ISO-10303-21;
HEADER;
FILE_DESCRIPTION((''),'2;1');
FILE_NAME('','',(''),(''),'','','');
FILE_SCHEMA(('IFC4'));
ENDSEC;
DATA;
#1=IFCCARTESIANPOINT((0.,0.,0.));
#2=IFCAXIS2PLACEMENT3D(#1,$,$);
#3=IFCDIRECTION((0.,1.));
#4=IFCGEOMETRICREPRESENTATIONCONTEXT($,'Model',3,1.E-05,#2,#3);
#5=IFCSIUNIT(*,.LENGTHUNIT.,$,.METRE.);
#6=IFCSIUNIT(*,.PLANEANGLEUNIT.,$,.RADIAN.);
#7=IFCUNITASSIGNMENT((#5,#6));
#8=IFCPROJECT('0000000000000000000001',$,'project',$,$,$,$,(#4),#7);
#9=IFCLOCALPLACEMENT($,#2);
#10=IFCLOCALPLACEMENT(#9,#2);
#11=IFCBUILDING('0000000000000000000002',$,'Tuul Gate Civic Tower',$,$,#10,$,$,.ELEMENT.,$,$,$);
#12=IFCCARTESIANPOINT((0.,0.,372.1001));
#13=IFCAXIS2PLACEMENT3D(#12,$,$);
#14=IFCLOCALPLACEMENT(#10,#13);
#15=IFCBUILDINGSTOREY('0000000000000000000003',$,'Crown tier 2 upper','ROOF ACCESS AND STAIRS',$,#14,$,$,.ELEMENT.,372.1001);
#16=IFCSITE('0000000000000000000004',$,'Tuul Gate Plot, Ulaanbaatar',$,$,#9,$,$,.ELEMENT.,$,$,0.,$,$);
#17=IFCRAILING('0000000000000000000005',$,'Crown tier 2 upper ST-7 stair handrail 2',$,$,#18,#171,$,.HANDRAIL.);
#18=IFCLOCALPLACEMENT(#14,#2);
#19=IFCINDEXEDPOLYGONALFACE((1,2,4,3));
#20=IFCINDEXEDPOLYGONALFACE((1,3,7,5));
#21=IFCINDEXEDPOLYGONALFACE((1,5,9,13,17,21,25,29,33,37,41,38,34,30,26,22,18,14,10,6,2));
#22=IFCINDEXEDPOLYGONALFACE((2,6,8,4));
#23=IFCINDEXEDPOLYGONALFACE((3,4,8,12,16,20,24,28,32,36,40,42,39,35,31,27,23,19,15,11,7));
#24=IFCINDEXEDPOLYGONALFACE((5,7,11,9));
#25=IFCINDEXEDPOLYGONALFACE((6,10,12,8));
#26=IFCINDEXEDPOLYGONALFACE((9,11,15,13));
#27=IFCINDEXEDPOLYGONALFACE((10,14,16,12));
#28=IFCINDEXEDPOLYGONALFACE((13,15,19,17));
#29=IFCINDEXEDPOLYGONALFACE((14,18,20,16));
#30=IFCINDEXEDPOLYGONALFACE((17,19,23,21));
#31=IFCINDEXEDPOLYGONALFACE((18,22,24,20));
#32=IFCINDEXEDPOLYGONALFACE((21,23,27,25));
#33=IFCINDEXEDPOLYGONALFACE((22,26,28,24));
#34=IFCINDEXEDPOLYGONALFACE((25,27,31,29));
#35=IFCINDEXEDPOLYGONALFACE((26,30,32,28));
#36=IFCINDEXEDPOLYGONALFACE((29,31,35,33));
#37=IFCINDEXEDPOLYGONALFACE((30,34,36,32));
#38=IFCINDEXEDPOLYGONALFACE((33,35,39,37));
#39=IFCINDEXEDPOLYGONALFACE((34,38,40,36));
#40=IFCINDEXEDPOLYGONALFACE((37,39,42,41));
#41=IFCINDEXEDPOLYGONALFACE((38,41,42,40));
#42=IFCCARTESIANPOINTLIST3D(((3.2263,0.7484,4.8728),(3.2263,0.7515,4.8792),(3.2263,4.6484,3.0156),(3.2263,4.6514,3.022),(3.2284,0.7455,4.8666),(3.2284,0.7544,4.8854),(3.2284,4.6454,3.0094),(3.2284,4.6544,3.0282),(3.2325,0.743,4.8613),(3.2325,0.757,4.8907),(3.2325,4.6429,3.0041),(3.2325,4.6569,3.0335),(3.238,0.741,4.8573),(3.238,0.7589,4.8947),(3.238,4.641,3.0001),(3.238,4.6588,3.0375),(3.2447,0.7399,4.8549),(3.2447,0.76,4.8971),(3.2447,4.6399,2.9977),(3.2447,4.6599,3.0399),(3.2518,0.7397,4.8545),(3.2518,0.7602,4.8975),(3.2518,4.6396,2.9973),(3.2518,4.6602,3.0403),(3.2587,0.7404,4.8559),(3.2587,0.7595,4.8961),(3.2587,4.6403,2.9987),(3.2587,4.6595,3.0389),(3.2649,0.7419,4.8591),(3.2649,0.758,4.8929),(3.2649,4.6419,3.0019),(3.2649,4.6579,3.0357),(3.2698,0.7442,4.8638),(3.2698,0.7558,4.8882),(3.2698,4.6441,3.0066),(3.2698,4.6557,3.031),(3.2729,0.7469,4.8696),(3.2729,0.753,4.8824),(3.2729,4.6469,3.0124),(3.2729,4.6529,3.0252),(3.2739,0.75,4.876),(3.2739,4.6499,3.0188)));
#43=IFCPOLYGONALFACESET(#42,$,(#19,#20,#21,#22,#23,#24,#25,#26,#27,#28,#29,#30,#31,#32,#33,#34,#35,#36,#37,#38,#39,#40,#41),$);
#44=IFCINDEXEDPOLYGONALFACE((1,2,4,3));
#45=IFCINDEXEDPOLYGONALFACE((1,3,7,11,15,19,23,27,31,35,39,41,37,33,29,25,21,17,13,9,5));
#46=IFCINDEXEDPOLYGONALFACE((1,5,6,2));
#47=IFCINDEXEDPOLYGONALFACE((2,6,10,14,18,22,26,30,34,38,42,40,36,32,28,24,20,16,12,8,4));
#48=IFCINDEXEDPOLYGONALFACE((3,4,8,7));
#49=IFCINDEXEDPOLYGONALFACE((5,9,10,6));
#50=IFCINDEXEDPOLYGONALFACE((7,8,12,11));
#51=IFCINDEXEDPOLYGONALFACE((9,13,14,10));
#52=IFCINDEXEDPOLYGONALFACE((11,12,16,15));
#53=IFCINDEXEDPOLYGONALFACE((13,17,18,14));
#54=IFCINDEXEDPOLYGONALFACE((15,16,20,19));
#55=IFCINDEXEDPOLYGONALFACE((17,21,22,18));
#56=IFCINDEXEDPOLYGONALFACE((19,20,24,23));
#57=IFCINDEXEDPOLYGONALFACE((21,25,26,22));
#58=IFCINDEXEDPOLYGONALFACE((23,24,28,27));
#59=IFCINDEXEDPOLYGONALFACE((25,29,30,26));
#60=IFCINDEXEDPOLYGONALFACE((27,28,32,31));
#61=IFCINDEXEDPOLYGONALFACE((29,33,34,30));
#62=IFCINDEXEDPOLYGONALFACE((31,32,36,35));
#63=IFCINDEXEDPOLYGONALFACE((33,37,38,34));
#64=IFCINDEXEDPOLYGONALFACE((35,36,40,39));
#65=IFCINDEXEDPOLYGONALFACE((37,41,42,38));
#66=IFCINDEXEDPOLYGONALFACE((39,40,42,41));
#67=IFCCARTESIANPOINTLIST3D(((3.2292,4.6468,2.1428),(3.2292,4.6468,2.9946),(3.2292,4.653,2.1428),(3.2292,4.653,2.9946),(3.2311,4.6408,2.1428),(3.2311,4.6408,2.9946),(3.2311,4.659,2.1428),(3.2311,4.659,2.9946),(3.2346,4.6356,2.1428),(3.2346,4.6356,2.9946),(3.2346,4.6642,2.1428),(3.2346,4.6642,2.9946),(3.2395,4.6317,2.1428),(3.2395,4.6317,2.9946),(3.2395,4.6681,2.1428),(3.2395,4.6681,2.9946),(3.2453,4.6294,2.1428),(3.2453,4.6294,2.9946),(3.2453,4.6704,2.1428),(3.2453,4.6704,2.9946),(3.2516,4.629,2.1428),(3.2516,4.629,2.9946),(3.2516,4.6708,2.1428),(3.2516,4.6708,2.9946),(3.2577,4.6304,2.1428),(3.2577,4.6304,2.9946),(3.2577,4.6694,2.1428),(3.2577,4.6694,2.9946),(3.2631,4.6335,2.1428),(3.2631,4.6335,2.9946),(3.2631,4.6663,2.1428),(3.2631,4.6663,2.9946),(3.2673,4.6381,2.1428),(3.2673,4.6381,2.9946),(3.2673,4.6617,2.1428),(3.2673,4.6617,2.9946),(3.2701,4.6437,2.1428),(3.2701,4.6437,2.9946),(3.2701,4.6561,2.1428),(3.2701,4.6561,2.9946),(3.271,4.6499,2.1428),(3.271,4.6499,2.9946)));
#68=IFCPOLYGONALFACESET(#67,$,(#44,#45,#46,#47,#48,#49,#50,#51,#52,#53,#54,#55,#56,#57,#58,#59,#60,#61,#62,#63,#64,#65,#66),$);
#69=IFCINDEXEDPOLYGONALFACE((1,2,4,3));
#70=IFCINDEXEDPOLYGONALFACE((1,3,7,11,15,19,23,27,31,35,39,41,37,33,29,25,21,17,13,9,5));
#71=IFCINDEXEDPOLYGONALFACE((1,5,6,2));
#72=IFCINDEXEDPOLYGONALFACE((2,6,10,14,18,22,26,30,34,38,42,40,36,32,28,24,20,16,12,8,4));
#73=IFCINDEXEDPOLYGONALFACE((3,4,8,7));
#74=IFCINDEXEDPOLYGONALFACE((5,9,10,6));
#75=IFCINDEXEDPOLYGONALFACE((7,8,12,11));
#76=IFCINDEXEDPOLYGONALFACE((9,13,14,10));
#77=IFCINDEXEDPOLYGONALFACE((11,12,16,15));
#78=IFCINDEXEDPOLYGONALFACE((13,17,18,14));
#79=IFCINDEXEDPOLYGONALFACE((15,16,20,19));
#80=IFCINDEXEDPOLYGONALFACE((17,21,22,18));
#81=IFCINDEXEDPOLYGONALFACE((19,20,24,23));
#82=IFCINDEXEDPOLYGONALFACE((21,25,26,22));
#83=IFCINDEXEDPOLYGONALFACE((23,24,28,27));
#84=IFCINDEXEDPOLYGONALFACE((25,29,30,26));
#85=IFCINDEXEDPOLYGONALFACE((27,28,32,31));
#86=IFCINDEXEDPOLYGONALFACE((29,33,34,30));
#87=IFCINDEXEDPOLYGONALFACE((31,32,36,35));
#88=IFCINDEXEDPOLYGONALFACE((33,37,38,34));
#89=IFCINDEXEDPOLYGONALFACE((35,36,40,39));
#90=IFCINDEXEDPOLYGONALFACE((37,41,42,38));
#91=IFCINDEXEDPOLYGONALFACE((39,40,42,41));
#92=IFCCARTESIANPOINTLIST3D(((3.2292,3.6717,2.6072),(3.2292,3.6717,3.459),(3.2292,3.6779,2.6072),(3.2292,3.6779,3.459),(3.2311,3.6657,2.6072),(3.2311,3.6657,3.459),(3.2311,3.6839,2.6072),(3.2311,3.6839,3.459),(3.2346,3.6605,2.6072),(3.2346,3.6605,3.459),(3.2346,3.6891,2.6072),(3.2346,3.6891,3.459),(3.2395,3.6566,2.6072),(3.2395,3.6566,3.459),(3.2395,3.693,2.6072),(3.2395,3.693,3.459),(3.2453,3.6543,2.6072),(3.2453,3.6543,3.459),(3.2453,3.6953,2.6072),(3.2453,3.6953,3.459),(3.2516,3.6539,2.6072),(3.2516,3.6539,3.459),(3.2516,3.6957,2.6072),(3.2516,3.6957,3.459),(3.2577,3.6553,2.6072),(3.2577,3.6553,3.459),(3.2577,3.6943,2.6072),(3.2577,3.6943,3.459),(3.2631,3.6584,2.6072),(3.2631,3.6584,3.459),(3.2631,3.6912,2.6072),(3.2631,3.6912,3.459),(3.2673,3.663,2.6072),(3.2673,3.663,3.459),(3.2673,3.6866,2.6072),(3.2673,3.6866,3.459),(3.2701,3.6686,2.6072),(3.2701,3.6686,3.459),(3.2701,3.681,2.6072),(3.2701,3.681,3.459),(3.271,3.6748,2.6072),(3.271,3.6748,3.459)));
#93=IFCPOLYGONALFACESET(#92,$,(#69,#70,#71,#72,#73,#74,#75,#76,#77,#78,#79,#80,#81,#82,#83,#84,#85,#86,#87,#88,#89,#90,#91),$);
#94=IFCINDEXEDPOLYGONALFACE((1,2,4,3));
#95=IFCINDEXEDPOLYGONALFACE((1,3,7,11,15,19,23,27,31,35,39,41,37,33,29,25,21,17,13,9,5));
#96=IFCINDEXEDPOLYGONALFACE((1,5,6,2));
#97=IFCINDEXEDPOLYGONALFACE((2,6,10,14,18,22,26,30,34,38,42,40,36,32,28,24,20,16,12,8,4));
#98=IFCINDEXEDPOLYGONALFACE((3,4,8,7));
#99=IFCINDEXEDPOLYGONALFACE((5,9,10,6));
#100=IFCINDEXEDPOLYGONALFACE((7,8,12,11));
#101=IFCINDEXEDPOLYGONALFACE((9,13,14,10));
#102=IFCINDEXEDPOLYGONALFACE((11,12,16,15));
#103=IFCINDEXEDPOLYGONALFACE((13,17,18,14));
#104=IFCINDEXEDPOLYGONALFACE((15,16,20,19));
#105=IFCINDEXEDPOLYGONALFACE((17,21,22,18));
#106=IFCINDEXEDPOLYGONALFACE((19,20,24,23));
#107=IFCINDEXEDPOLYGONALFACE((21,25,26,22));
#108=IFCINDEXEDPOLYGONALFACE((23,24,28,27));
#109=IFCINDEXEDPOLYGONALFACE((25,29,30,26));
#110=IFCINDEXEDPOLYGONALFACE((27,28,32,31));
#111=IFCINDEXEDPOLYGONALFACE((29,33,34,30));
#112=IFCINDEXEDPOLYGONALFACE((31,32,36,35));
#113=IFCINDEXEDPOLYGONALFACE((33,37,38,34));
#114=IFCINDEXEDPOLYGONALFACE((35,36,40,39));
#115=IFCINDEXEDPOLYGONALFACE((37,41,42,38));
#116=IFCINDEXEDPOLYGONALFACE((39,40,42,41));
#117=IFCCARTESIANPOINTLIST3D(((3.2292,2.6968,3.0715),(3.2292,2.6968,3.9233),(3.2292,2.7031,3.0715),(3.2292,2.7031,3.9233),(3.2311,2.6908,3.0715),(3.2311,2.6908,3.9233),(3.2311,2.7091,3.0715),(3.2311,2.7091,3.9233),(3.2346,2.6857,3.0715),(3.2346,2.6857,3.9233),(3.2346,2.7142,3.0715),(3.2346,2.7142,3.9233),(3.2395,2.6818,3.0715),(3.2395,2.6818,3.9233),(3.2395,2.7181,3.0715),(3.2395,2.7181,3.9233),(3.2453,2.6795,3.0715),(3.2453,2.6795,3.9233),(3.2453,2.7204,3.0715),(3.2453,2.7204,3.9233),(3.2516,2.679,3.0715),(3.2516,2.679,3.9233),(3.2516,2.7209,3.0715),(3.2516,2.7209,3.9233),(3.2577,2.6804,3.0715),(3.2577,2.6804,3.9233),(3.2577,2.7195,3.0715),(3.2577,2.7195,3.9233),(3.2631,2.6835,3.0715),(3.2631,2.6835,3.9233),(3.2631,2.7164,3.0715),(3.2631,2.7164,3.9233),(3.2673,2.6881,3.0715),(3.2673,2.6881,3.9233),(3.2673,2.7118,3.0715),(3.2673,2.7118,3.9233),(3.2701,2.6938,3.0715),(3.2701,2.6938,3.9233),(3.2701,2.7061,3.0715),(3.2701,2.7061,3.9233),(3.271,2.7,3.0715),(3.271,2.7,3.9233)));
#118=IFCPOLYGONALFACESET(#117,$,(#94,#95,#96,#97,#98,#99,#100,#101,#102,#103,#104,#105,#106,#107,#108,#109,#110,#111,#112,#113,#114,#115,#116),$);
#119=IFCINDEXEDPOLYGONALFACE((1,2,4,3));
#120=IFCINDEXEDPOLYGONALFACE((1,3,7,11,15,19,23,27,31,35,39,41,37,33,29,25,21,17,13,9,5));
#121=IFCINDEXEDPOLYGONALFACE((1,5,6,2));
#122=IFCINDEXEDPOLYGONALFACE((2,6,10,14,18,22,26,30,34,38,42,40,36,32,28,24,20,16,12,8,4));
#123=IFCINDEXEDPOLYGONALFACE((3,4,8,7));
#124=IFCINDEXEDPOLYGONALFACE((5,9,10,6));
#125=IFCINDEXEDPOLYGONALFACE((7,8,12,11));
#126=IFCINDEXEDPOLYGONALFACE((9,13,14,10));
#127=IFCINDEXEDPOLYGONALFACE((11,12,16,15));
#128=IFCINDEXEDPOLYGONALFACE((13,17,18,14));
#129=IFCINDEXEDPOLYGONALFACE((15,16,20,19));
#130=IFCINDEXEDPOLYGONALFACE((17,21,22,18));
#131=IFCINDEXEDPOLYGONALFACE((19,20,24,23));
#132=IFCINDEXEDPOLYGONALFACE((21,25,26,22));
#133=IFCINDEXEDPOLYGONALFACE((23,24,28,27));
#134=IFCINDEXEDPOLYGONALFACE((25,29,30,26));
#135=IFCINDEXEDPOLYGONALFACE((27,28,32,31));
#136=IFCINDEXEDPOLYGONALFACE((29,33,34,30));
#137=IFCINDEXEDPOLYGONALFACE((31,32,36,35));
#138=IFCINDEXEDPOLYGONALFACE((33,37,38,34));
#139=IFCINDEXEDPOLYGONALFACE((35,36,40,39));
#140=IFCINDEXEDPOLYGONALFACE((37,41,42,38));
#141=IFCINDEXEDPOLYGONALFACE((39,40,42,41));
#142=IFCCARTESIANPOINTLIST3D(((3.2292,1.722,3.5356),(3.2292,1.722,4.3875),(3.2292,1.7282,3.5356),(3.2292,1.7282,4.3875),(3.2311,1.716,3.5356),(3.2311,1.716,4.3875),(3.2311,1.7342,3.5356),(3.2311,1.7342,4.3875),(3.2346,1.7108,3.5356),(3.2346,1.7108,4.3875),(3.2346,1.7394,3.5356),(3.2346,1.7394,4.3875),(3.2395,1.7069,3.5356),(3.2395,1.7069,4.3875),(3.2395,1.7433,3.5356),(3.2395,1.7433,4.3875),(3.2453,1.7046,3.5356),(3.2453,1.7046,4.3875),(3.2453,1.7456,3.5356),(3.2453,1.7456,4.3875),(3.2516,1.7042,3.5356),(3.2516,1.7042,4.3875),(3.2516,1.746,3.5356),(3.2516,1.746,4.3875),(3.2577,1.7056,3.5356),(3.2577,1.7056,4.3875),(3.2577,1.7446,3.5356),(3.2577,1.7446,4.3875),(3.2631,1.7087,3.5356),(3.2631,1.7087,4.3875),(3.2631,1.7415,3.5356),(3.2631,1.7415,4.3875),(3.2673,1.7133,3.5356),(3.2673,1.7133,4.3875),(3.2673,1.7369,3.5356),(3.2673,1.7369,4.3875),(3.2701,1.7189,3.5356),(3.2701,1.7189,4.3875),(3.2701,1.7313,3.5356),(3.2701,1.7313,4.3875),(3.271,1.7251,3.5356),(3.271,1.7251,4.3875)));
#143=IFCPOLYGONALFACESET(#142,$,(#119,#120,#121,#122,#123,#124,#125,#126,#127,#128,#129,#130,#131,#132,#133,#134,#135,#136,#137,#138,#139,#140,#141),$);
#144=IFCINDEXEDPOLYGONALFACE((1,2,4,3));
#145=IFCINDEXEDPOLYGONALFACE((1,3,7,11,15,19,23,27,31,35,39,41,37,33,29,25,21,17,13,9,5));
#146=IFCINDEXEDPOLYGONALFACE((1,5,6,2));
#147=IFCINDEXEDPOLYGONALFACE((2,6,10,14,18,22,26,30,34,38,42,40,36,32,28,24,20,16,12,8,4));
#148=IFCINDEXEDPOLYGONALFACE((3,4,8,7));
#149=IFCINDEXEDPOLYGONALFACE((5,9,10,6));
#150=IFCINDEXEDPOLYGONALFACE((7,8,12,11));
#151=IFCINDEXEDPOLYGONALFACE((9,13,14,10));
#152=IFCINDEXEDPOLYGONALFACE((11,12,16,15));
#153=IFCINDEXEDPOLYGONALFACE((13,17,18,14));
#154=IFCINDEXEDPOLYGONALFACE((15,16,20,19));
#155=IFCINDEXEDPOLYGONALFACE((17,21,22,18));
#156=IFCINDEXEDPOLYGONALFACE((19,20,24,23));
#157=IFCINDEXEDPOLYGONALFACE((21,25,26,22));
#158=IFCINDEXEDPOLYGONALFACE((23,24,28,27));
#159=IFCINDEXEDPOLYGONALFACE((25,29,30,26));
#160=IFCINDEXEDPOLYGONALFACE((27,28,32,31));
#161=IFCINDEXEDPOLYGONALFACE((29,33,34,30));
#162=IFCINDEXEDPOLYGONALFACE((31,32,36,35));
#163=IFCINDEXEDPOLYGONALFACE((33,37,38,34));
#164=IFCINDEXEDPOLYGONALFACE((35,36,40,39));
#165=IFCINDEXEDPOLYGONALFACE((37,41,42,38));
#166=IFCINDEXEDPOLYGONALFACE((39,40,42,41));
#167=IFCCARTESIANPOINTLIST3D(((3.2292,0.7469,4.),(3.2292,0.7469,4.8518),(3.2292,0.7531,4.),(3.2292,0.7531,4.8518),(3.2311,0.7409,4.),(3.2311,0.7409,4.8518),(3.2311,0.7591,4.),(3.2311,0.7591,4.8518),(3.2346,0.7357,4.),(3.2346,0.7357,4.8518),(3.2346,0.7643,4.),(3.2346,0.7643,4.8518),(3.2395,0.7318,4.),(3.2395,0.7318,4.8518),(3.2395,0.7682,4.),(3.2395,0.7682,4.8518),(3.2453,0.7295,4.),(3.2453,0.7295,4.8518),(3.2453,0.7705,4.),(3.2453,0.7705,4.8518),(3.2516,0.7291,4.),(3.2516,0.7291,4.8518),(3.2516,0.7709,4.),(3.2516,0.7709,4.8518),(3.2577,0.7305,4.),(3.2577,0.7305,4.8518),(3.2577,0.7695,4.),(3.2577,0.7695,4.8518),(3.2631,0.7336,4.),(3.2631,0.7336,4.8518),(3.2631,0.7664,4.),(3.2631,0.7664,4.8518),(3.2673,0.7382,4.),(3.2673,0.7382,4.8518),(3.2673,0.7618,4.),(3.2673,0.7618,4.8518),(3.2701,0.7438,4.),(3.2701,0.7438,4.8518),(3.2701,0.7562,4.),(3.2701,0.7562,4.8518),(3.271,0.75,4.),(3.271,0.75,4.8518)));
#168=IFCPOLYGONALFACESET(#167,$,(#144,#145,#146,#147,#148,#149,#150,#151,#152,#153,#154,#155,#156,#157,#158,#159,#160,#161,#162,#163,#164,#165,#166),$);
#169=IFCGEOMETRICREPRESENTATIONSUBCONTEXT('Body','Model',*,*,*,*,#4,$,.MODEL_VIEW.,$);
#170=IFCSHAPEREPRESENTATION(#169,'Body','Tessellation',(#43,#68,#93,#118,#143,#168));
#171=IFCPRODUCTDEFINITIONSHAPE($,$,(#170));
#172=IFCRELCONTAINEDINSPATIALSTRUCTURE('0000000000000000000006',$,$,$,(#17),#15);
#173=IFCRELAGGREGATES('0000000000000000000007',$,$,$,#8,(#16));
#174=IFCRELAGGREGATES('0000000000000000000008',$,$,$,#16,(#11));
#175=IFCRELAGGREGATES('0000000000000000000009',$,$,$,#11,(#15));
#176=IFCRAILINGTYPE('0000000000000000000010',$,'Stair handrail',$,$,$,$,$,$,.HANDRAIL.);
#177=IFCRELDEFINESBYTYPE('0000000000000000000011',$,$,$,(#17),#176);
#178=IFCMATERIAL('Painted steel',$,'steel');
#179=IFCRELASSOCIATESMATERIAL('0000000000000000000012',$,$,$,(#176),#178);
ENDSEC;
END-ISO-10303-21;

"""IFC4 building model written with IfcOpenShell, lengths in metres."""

from ifc_helpers import new_model, si_unit, direction, frame, origin, origin_2d, place, context, subcontext, project, spatial, circle, extrude, material, type_object, element, save


model = new_model("IFC4")

# Units and contexts
model_context = context("Model", 3, precision=1e-05, world=origin(), true_north=direction((0.0, 1.0)))
body_context = subcontext(model_context, "Body", "Model", "MODEL_VIEW")
ifc_project = project(units=[si_unit("LENGTHUNIT", "METRE"), si_unit("PLANEANGLEUNIT", "RADIAN")], contexts=[model_context])

# Site, building, storey
site_placement = place(None, origin())
site = spatial("IfcSite", under=ifc_project, at=site_placement, Name="Tuul Gate Plot, Ulaanbaatar", CompositionType="ELEMENT", RefElevation=0.0)
building_placement = place(site_placement, origin())
building = spatial("IfcBuilding", under=site, at=building_placement, Name="Tuul Gate Civic Tower", CompositionType="ELEMENT")
storey_placement = place(building_placement, frame((0.0, 0.0, 372.1001)))
storey = spatial("IfcBuildingStorey", under=building, at=storey_placement, Name="Crown tier 2 upper", Description="ROOF ACCESS AND STAIRS", CompositionType="ELEMENT", Elevation=372.1001)

# Railing
ifc_material_1 = material(Name="Painted steel", Category="steel")
railing_type_1 = type_object("IfcRailingType", Name="Stair handrail", PredefinedType="HANDRAIL", material=ifc_material_1)
railing_1_placement = place(storey_placement, frame((3.25, 4.6499, 2.1428)))
element("IfcRailing", 1, at=railing_1_placement, inside=storey, type_object=railing_type_1, Name="Crown tier 2 upper ST-7 stair handrail 2", PredefinedType="HANDRAIL", context=body_context, shape_type="SweptSolid", body=[
    extrude(circle(Radius=0.0239, at=origin_2d()), frame((0.0, 0.0, 0.876), z_axis=(0.0, -0.902853, 0.429949), x_axis=(1.0, 0.0, 0.0)), (0.0, 0.0, 1.0), 4.3196),
    extrude(circle(Radius=0.021, at=origin_2d()), origin(), (0.0, 0.0, 1.0), 0.8518),
    extrude(circle(Radius=0.021, at=origin_2d()), frame((0.0, -0.9751, 0.4644)), (0.0, 0.0, 1.0), 0.8518),
    extrude(circle(Radius=0.021, at=origin_2d()), frame((0.0, -1.95, 0.9287)), (0.0, 0.0, 1.0), 0.8518),
    extrude(circle(Radius=0.021, at=origin_2d()), frame((0.0, -2.9248, 1.3928)), (0.0, 0.0, 1.0), 0.8518),
    extrude(circle(Radius=0.021, at=origin_2d()), frame((0.0, -3.8999, 1.8572)), (0.0, 0.0, 1.0), 0.8518),
])

save(model, "model.ifc")
